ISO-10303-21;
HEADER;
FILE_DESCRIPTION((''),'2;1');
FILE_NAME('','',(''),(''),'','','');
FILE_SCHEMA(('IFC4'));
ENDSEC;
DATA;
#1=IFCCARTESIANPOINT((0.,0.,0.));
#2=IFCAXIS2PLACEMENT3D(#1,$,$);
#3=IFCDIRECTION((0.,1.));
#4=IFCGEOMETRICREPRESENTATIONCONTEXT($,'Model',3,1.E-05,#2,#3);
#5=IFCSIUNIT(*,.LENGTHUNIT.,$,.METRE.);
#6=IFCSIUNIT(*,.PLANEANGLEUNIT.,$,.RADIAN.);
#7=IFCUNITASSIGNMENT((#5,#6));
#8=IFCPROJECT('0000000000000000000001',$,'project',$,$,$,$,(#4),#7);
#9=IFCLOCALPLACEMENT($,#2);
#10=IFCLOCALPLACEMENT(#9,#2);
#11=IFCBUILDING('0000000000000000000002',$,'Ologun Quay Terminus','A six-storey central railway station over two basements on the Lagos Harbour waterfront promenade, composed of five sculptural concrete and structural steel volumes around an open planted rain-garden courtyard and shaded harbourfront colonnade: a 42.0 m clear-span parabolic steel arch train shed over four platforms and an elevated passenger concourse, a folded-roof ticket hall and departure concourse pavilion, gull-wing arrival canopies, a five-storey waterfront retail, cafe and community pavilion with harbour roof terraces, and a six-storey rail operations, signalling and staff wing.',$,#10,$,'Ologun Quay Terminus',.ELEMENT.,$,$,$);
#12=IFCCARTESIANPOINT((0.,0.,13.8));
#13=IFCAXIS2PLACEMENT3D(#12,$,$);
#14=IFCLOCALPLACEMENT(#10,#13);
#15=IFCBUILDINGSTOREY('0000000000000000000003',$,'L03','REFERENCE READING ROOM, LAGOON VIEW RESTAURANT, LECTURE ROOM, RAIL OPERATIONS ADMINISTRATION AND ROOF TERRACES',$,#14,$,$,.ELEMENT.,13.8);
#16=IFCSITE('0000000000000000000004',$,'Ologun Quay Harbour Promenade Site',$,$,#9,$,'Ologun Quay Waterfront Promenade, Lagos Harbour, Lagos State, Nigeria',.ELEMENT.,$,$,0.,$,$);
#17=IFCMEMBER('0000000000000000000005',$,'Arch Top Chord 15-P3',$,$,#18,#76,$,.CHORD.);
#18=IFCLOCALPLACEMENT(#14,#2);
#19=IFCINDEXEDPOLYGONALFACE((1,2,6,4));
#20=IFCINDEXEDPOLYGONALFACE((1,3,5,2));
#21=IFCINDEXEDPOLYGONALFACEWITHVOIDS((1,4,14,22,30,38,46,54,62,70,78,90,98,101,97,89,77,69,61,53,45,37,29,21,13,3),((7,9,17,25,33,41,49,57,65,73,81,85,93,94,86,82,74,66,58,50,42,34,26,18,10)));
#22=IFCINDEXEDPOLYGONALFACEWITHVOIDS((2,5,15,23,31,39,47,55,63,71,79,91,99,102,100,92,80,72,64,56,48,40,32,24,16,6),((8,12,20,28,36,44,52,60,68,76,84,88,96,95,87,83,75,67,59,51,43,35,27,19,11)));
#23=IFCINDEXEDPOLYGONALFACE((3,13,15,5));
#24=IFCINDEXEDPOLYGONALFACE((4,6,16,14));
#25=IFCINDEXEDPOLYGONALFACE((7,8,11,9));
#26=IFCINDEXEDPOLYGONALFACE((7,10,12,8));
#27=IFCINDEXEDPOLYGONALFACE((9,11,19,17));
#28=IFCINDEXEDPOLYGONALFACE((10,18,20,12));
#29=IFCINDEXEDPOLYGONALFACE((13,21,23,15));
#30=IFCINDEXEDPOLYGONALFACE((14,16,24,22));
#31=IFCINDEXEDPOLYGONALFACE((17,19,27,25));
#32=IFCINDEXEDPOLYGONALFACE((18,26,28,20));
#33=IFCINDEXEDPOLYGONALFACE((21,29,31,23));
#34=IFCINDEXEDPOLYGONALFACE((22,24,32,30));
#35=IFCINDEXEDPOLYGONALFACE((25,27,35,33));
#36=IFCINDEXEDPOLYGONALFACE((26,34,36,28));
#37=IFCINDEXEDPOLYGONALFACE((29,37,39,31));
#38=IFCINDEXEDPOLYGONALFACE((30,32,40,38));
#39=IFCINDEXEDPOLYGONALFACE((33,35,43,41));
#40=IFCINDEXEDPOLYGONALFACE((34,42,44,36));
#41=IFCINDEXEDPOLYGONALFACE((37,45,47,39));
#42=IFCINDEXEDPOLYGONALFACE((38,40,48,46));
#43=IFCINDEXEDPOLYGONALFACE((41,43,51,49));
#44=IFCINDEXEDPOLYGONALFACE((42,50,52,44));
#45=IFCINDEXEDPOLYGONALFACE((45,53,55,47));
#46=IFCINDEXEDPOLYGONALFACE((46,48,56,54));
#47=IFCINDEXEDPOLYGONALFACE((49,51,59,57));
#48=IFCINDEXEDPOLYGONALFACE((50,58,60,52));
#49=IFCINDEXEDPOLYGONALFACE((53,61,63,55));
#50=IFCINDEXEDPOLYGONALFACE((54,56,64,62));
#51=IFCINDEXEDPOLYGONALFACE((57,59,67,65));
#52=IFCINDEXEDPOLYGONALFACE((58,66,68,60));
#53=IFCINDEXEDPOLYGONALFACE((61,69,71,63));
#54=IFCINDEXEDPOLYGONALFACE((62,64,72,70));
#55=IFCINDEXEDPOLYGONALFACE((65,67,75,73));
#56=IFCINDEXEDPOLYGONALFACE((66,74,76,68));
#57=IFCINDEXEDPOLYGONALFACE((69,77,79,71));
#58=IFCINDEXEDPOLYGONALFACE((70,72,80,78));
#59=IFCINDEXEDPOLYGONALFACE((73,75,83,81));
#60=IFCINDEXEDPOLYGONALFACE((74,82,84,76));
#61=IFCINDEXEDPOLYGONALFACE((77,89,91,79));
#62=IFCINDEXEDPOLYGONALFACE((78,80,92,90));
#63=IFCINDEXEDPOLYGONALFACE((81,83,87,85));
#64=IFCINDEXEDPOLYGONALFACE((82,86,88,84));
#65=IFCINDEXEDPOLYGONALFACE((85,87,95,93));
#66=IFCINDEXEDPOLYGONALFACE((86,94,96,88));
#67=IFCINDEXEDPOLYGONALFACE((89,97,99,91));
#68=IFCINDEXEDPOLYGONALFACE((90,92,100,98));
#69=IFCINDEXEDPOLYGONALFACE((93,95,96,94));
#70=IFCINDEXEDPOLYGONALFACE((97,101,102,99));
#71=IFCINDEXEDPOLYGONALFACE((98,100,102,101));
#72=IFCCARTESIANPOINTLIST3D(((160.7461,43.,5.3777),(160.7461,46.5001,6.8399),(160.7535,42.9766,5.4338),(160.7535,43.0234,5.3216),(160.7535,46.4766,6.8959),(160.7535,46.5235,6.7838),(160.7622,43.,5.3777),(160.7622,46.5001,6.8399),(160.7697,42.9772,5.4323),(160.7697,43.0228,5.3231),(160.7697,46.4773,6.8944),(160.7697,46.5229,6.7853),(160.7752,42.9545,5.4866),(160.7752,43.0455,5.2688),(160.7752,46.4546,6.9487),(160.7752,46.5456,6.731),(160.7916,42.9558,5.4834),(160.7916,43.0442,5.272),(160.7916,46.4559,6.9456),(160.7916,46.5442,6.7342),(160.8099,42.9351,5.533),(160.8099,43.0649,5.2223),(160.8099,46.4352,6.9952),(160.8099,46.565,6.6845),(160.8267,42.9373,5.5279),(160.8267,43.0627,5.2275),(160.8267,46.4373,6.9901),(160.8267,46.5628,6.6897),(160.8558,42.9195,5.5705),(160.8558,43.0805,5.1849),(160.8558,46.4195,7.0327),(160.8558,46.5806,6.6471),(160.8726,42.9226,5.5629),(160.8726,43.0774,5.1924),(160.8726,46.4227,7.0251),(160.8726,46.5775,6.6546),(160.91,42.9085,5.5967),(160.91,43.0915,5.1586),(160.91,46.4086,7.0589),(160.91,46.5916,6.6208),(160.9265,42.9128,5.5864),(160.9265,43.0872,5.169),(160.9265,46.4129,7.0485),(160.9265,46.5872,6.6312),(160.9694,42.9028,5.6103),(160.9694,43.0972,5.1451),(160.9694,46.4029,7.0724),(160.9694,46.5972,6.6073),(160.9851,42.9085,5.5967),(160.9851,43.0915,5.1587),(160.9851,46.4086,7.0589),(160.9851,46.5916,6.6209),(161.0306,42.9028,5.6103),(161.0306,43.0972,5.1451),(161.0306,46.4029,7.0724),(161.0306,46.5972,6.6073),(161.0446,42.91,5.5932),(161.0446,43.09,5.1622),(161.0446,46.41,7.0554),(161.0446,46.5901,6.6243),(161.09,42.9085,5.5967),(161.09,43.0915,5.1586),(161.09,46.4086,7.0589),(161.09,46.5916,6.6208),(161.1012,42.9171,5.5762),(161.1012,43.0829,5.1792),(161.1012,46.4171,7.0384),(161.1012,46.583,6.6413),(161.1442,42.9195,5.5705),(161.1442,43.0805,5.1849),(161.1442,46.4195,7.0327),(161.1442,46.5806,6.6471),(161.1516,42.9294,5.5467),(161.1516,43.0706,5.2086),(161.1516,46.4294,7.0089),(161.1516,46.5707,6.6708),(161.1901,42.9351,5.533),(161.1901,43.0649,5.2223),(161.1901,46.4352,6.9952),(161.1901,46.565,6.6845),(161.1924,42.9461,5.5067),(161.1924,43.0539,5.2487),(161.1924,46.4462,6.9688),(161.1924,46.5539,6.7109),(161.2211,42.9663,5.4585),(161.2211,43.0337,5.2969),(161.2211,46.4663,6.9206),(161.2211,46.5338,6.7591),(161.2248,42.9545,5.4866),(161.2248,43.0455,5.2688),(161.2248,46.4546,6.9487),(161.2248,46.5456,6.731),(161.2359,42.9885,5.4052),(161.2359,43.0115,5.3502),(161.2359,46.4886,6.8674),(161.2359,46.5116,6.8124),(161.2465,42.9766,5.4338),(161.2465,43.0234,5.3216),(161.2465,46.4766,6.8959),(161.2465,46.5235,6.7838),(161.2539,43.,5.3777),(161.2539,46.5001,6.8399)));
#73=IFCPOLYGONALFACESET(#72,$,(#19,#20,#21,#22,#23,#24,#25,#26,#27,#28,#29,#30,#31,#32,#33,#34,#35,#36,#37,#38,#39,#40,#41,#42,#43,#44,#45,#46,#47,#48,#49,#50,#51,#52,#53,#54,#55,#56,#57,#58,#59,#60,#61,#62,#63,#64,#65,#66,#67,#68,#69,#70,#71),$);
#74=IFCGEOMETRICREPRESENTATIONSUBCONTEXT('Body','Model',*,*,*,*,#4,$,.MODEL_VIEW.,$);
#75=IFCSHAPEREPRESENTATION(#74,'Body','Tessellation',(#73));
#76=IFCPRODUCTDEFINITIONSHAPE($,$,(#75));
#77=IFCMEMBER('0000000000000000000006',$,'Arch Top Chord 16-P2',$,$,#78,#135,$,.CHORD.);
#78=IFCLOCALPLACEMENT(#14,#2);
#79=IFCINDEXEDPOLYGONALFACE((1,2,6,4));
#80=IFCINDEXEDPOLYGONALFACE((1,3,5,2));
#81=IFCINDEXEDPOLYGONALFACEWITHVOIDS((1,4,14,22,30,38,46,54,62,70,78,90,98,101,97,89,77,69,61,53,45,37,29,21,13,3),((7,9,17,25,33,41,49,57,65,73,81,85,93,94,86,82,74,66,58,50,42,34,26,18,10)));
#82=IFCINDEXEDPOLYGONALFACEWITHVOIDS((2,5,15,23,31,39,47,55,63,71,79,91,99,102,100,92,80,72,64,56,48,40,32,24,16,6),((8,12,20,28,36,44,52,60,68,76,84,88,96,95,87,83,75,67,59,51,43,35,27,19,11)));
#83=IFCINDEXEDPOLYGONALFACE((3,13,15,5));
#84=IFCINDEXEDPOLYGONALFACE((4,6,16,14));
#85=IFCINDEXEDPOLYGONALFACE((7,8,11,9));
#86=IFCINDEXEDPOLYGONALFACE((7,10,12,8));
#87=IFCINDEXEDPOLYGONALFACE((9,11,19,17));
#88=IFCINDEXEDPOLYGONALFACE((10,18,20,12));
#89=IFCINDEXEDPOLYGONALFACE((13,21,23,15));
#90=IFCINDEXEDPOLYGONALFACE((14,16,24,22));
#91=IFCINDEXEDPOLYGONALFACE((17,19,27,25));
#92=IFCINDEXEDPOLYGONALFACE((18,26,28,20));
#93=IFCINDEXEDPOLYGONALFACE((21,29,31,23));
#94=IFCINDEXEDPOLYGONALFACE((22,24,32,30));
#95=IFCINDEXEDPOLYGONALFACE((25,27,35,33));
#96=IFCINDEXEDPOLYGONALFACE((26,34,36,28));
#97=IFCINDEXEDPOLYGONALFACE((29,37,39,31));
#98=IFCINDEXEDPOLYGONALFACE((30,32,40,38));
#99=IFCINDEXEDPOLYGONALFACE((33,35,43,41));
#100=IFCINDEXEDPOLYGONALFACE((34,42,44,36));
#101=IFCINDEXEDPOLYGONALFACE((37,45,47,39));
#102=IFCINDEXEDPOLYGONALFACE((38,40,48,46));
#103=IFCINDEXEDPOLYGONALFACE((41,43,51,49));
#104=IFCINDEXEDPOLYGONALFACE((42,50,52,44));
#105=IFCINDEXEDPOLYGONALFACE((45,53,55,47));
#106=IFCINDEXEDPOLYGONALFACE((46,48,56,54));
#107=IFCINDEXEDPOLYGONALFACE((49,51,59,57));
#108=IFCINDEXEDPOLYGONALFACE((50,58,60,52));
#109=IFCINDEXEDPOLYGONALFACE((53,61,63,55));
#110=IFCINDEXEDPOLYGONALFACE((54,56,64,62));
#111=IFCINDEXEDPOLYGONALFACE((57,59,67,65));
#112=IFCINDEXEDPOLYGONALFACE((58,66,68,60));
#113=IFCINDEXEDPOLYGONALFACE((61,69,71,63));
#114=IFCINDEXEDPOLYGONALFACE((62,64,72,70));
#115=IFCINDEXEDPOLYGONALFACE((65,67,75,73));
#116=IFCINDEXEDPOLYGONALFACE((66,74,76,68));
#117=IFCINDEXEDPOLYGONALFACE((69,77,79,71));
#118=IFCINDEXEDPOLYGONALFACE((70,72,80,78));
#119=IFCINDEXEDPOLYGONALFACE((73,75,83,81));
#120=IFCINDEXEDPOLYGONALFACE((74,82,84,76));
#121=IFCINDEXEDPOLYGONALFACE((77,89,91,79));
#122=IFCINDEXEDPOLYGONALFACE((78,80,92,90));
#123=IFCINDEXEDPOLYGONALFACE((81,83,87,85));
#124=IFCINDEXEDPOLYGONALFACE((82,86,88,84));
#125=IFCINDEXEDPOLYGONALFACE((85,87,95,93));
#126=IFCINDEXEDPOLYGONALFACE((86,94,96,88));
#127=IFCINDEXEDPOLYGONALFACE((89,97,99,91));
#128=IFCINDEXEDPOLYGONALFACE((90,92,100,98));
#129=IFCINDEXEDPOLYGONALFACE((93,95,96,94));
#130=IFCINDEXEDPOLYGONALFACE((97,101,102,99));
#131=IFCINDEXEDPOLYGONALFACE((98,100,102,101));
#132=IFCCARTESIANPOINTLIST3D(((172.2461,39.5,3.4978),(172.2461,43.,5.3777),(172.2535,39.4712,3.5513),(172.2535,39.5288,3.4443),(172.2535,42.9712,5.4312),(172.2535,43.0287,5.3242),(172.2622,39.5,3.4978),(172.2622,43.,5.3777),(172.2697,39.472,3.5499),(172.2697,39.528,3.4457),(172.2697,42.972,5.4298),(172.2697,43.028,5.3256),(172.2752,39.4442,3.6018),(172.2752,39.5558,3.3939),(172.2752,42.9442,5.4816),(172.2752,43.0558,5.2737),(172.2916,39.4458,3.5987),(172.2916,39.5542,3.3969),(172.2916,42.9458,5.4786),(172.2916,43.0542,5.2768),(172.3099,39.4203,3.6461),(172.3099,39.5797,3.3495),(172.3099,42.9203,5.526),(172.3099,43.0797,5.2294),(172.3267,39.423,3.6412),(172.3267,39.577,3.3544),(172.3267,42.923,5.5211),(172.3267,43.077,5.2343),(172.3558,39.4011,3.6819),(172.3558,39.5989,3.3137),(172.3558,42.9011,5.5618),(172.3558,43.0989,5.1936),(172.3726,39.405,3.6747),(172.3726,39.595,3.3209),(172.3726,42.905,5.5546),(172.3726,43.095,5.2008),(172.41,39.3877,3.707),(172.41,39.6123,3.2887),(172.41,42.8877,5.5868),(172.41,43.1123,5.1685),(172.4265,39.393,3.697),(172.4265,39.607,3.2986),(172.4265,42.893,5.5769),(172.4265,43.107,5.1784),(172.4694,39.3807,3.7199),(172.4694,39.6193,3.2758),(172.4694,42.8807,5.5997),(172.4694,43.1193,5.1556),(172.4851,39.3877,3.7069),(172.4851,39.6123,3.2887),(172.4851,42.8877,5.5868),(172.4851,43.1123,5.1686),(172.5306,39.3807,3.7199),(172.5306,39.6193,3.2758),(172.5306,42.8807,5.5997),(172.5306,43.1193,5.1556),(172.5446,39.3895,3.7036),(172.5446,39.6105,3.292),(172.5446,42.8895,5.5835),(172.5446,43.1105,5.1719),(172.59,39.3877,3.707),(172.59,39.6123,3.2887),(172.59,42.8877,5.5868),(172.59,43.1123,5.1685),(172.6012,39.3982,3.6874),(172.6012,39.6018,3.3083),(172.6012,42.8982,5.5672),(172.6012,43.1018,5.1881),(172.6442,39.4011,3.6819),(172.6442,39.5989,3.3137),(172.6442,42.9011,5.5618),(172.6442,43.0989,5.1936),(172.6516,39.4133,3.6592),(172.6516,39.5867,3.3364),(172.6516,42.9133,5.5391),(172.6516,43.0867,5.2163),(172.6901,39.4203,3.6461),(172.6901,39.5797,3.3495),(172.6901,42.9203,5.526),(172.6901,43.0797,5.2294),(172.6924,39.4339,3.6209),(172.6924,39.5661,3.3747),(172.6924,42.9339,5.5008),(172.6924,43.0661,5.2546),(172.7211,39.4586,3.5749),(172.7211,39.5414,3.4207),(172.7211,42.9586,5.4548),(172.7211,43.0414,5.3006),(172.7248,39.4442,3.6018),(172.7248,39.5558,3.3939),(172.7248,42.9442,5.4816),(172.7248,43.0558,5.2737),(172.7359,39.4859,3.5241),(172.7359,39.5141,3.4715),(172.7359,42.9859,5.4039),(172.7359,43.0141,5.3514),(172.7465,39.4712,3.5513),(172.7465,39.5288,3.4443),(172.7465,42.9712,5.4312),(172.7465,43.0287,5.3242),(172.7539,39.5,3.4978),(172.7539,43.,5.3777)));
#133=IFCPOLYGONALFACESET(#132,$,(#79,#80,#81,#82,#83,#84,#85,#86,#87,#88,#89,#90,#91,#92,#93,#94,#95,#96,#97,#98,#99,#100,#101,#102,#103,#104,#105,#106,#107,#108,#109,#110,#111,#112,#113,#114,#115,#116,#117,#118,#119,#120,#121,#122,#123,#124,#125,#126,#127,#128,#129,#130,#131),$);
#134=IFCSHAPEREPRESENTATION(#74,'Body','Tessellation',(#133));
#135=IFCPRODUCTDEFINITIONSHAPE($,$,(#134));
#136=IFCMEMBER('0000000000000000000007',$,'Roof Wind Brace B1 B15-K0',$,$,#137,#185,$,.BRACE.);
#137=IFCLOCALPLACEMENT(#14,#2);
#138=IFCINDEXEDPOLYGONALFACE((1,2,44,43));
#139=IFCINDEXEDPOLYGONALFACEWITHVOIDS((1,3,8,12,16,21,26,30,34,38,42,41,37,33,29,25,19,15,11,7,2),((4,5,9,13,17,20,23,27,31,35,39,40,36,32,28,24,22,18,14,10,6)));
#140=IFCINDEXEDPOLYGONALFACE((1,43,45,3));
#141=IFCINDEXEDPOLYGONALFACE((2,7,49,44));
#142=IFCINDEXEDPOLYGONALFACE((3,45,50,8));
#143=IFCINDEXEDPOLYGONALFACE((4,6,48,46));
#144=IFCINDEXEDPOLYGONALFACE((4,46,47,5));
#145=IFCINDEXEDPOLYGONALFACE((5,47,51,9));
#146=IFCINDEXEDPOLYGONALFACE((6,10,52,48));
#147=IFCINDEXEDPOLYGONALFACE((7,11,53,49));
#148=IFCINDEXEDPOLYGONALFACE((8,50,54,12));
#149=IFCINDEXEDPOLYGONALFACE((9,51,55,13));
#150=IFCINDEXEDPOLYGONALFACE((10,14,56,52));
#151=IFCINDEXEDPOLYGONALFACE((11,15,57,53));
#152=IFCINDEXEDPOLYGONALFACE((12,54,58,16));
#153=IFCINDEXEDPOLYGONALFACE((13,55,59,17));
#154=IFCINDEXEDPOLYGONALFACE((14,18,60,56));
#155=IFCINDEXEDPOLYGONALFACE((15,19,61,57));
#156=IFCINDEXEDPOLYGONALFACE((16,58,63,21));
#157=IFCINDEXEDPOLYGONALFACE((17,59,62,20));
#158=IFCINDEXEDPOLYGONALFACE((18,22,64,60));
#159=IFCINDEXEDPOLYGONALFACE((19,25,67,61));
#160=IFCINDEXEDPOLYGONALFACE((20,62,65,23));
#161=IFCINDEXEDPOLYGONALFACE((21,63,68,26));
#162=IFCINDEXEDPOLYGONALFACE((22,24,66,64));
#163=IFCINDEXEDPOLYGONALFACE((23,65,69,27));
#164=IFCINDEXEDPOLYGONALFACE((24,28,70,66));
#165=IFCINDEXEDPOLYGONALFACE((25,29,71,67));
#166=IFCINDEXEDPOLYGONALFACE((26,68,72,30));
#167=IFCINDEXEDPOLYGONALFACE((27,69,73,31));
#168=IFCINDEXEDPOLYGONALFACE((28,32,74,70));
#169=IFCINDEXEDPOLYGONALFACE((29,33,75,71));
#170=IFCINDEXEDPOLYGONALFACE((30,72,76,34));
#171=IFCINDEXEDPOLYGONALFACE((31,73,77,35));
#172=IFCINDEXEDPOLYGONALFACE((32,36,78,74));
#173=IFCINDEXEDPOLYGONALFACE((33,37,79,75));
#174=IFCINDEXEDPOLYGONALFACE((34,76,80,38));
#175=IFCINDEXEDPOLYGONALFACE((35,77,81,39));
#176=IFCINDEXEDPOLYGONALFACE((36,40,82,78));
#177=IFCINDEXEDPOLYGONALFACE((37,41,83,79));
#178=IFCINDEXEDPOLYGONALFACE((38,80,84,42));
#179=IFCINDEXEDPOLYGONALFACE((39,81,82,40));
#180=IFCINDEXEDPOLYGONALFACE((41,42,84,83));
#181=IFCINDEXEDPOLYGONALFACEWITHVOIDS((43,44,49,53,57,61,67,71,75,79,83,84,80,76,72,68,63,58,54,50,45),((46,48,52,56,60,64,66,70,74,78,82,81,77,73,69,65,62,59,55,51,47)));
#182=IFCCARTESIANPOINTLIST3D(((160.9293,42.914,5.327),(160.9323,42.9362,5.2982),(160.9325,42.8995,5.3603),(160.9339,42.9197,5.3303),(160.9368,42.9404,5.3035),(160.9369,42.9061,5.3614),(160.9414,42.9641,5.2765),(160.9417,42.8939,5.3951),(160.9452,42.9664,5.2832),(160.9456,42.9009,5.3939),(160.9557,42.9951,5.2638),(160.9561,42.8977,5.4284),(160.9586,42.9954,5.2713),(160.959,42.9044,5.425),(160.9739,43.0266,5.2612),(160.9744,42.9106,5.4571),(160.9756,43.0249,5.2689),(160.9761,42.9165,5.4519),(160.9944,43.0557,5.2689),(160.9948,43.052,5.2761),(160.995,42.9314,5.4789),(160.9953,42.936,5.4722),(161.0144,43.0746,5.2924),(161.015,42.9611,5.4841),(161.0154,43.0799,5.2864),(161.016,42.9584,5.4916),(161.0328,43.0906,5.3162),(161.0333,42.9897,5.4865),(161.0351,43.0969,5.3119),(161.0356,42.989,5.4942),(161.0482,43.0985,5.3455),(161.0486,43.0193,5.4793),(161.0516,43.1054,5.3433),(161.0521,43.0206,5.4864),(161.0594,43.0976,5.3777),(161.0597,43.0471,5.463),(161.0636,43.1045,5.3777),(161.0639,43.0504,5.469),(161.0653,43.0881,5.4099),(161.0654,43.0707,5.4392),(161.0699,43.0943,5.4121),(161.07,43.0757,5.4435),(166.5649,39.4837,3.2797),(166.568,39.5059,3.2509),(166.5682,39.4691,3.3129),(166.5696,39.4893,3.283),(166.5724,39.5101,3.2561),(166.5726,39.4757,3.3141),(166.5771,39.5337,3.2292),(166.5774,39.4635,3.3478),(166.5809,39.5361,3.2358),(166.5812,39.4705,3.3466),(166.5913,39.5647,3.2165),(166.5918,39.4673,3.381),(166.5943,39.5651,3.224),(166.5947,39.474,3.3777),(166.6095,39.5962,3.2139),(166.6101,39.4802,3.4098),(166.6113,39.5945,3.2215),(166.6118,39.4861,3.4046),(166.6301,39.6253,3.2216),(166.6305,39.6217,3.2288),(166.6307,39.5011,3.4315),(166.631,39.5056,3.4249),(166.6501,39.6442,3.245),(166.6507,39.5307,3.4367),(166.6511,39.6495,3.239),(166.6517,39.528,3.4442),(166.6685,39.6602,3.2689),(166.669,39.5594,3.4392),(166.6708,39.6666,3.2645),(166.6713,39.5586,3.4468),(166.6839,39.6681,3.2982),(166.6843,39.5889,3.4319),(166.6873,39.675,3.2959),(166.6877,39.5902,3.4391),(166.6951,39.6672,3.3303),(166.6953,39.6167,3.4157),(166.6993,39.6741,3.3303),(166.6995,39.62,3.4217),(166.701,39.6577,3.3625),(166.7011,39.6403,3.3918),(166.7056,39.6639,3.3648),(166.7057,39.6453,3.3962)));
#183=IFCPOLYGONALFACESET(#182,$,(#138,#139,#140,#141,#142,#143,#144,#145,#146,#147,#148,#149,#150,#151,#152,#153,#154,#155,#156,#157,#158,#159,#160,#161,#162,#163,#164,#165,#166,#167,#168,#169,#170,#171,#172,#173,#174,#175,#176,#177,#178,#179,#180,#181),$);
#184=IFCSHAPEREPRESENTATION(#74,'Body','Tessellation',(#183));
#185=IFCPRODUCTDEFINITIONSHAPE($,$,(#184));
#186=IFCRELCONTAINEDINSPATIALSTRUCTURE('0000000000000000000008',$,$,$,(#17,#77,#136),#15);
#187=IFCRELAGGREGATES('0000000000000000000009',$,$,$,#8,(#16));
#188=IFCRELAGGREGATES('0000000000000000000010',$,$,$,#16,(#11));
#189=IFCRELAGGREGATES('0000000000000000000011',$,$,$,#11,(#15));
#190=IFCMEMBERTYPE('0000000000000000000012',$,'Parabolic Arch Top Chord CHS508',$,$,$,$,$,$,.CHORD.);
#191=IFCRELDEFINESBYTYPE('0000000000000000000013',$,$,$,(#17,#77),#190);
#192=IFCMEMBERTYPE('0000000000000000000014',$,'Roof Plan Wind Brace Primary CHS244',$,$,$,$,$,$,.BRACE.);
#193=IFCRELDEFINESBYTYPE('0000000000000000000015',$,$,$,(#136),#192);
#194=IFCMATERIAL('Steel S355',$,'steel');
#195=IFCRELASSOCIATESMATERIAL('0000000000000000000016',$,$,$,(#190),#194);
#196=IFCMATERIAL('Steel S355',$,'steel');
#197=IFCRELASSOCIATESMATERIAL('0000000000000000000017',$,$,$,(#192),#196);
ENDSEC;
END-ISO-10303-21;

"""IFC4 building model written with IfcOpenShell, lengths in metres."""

from ifc_helpers import new_model, si_unit, direction, frame, origin, origin_2d, place, context, subcontext, project, spatial, hollow_circle, extrude, material, material_profile, profile_set, type_object, element, save


model = new_model("IFC4")

# Units and contexts
model_context = context("Model", 3, precision=1e-05, world=origin(), true_north=direction((0.0, 1.0)))
body_context = subcontext(model_context, "Body", "Model", "MODEL_VIEW")
ifc_project = project(units=[si_unit("LENGTHUNIT", "METRE"), si_unit("PLANEANGLEUNIT", "RADIAN")], contexts=[model_context])

# Site, building, storey
site_placement = place(None, origin())
site = spatial("IfcSite", under=ifc_project, at=site_placement, Name="Ologun Quay Harbour Promenade Site", LongName="Ologun Quay Waterfront Promenade, Lagos Harbour, Lagos State, Nigeria", CompositionType="ELEMENT", RefElevation=0.0)
building_placement = place(site_placement, origin())
building = spatial("IfcBuilding", under=site, at=building_placement, Name="Ologun Quay Terminus", Description="A six-storey central railway station over two basements on the Lagos Harbour waterfront promenade, composed of five sculptural concrete and structural steel volumes around an open planted rain-garden courtyard and shaded harbourfront colonnade: a 42.0 m clear-span parabolic steel arch train shed over four platforms and an elevated passenger concourse, a folded-roof ticket hall and departure concourse pavilion, gull-wing arrival canopies, a five-storey waterfront retail, cafe and community pavilion with harbour roof terraces, and a six-storey rail operations, signalling and staff wing.", LongName="Ologun Quay Terminus", CompositionType="ELEMENT")
storey_placement = place(building_placement, frame((0.0, 0.0, 13.8)))
storey = spatial("IfcBuildingStorey", under=building, at=storey_placement, Name="L03", Description="REFERENCE READING ROOM, LAGOON VIEW RESTAURANT, LECTURE ROOM, RAIL OPERATIONS ADMINISTRATION AND ROOF TERRACES", CompositionType="ELEMENT", Elevation=13.8)

# Members
ifc_material_1 = material(Name="Steel S355", Category="steel")
ifc_material_profile_1 = material_profile(ifc_material_1, hollow_circle(Radius=0.2539, WallThickness=0.0161, at=origin_2d()), Name="CHS 508x16")
ifc_profile_set_1 = profile_set([ifc_material_profile_1], Name="Steel S355")
member_type_1 = type_object("IfcMemberType", Name="Parabolic Arch Top Chord CHS508", PredefinedType="CHORD", material=ifc_profile_set_1)
member_1_placement = place(storey_placement, frame((161.0, 43.0, 5.3777), z_axis=(0.0, 0.922719, 0.385474), x_axis=(-1.0, 0.0, 0.0)))
element("IfcMember", 1, at=member_1_placement, inside=storey, type_object=member_type_1, Name="Arch Top Chord 15-P3", PredefinedType="CHORD", context=body_context, shape_type="SweptSolid", body=[
    extrude(hollow_circle(Radius=0.2539, WallThickness=0.0161, at=origin_2d()), origin(), (0.0, 0.0, 1.0), 3.7932),
])
member_2_placement = place(storey_placement, frame((172.5, 39.5, 3.4978), z_axis=(0.0, 0.880968, 0.473176), x_axis=(-1.0, 0.0, 0.0)))
element("IfcMember", 2, at=member_2_placement, inside=storey, type_object=member_type_1, Name="Arch Top Chord 16-P2", PredefinedType="CHORD", context=body_context, shape_type="SweptSolid", body=[
    extrude(hollow_circle(Radius=0.2539, WallThickness=0.0161, at=origin_2d()), origin(), (0.0, 0.0, 1.0), 3.9729),
])
ifc_material_2 = material(Name="Steel S355", Category="steel")
ifc_material_profile_2 = material_profile(ifc_material_2, hollow_circle(Radius=0.1223, WallThickness=0.0081, at=origin_2d()), Name="CHS 244.5x8")
ifc_profile_set_2 = profile_set([ifc_material_profile_2], Name="Steel S355")
member_type_2 = type_object("IfcMemberType", Name="Roof Plan Wind Brace Primary CHS244", PredefinedType="BRACE", material=ifc_profile_set_2)
for number, where, z_axis, x_axis, name in (
    (3, (161.0, 43.0, 5.3777), (0.815823, -0.496583, -0.296374), (0.519943, 0.854201, 0.0), "Roof Wind Brace B1 B15-K0"),
):
    element("IfcMember", number, at=place(storey_placement, frame(where, z_axis=z_axis, x_axis=x_axis)), inside=storey, type_object=member_type_2, Name=name, PredefinedType="BRACE", context=body_context, shape_type="SweptSolid", body=[
        extrude(hollow_circle(Radius=0.1223, WallThickness=0.0081, at=origin_2d()), origin(), (0.0, 0.0, 1.0), 6.908),
    ])

save(model, "model.ifc")
